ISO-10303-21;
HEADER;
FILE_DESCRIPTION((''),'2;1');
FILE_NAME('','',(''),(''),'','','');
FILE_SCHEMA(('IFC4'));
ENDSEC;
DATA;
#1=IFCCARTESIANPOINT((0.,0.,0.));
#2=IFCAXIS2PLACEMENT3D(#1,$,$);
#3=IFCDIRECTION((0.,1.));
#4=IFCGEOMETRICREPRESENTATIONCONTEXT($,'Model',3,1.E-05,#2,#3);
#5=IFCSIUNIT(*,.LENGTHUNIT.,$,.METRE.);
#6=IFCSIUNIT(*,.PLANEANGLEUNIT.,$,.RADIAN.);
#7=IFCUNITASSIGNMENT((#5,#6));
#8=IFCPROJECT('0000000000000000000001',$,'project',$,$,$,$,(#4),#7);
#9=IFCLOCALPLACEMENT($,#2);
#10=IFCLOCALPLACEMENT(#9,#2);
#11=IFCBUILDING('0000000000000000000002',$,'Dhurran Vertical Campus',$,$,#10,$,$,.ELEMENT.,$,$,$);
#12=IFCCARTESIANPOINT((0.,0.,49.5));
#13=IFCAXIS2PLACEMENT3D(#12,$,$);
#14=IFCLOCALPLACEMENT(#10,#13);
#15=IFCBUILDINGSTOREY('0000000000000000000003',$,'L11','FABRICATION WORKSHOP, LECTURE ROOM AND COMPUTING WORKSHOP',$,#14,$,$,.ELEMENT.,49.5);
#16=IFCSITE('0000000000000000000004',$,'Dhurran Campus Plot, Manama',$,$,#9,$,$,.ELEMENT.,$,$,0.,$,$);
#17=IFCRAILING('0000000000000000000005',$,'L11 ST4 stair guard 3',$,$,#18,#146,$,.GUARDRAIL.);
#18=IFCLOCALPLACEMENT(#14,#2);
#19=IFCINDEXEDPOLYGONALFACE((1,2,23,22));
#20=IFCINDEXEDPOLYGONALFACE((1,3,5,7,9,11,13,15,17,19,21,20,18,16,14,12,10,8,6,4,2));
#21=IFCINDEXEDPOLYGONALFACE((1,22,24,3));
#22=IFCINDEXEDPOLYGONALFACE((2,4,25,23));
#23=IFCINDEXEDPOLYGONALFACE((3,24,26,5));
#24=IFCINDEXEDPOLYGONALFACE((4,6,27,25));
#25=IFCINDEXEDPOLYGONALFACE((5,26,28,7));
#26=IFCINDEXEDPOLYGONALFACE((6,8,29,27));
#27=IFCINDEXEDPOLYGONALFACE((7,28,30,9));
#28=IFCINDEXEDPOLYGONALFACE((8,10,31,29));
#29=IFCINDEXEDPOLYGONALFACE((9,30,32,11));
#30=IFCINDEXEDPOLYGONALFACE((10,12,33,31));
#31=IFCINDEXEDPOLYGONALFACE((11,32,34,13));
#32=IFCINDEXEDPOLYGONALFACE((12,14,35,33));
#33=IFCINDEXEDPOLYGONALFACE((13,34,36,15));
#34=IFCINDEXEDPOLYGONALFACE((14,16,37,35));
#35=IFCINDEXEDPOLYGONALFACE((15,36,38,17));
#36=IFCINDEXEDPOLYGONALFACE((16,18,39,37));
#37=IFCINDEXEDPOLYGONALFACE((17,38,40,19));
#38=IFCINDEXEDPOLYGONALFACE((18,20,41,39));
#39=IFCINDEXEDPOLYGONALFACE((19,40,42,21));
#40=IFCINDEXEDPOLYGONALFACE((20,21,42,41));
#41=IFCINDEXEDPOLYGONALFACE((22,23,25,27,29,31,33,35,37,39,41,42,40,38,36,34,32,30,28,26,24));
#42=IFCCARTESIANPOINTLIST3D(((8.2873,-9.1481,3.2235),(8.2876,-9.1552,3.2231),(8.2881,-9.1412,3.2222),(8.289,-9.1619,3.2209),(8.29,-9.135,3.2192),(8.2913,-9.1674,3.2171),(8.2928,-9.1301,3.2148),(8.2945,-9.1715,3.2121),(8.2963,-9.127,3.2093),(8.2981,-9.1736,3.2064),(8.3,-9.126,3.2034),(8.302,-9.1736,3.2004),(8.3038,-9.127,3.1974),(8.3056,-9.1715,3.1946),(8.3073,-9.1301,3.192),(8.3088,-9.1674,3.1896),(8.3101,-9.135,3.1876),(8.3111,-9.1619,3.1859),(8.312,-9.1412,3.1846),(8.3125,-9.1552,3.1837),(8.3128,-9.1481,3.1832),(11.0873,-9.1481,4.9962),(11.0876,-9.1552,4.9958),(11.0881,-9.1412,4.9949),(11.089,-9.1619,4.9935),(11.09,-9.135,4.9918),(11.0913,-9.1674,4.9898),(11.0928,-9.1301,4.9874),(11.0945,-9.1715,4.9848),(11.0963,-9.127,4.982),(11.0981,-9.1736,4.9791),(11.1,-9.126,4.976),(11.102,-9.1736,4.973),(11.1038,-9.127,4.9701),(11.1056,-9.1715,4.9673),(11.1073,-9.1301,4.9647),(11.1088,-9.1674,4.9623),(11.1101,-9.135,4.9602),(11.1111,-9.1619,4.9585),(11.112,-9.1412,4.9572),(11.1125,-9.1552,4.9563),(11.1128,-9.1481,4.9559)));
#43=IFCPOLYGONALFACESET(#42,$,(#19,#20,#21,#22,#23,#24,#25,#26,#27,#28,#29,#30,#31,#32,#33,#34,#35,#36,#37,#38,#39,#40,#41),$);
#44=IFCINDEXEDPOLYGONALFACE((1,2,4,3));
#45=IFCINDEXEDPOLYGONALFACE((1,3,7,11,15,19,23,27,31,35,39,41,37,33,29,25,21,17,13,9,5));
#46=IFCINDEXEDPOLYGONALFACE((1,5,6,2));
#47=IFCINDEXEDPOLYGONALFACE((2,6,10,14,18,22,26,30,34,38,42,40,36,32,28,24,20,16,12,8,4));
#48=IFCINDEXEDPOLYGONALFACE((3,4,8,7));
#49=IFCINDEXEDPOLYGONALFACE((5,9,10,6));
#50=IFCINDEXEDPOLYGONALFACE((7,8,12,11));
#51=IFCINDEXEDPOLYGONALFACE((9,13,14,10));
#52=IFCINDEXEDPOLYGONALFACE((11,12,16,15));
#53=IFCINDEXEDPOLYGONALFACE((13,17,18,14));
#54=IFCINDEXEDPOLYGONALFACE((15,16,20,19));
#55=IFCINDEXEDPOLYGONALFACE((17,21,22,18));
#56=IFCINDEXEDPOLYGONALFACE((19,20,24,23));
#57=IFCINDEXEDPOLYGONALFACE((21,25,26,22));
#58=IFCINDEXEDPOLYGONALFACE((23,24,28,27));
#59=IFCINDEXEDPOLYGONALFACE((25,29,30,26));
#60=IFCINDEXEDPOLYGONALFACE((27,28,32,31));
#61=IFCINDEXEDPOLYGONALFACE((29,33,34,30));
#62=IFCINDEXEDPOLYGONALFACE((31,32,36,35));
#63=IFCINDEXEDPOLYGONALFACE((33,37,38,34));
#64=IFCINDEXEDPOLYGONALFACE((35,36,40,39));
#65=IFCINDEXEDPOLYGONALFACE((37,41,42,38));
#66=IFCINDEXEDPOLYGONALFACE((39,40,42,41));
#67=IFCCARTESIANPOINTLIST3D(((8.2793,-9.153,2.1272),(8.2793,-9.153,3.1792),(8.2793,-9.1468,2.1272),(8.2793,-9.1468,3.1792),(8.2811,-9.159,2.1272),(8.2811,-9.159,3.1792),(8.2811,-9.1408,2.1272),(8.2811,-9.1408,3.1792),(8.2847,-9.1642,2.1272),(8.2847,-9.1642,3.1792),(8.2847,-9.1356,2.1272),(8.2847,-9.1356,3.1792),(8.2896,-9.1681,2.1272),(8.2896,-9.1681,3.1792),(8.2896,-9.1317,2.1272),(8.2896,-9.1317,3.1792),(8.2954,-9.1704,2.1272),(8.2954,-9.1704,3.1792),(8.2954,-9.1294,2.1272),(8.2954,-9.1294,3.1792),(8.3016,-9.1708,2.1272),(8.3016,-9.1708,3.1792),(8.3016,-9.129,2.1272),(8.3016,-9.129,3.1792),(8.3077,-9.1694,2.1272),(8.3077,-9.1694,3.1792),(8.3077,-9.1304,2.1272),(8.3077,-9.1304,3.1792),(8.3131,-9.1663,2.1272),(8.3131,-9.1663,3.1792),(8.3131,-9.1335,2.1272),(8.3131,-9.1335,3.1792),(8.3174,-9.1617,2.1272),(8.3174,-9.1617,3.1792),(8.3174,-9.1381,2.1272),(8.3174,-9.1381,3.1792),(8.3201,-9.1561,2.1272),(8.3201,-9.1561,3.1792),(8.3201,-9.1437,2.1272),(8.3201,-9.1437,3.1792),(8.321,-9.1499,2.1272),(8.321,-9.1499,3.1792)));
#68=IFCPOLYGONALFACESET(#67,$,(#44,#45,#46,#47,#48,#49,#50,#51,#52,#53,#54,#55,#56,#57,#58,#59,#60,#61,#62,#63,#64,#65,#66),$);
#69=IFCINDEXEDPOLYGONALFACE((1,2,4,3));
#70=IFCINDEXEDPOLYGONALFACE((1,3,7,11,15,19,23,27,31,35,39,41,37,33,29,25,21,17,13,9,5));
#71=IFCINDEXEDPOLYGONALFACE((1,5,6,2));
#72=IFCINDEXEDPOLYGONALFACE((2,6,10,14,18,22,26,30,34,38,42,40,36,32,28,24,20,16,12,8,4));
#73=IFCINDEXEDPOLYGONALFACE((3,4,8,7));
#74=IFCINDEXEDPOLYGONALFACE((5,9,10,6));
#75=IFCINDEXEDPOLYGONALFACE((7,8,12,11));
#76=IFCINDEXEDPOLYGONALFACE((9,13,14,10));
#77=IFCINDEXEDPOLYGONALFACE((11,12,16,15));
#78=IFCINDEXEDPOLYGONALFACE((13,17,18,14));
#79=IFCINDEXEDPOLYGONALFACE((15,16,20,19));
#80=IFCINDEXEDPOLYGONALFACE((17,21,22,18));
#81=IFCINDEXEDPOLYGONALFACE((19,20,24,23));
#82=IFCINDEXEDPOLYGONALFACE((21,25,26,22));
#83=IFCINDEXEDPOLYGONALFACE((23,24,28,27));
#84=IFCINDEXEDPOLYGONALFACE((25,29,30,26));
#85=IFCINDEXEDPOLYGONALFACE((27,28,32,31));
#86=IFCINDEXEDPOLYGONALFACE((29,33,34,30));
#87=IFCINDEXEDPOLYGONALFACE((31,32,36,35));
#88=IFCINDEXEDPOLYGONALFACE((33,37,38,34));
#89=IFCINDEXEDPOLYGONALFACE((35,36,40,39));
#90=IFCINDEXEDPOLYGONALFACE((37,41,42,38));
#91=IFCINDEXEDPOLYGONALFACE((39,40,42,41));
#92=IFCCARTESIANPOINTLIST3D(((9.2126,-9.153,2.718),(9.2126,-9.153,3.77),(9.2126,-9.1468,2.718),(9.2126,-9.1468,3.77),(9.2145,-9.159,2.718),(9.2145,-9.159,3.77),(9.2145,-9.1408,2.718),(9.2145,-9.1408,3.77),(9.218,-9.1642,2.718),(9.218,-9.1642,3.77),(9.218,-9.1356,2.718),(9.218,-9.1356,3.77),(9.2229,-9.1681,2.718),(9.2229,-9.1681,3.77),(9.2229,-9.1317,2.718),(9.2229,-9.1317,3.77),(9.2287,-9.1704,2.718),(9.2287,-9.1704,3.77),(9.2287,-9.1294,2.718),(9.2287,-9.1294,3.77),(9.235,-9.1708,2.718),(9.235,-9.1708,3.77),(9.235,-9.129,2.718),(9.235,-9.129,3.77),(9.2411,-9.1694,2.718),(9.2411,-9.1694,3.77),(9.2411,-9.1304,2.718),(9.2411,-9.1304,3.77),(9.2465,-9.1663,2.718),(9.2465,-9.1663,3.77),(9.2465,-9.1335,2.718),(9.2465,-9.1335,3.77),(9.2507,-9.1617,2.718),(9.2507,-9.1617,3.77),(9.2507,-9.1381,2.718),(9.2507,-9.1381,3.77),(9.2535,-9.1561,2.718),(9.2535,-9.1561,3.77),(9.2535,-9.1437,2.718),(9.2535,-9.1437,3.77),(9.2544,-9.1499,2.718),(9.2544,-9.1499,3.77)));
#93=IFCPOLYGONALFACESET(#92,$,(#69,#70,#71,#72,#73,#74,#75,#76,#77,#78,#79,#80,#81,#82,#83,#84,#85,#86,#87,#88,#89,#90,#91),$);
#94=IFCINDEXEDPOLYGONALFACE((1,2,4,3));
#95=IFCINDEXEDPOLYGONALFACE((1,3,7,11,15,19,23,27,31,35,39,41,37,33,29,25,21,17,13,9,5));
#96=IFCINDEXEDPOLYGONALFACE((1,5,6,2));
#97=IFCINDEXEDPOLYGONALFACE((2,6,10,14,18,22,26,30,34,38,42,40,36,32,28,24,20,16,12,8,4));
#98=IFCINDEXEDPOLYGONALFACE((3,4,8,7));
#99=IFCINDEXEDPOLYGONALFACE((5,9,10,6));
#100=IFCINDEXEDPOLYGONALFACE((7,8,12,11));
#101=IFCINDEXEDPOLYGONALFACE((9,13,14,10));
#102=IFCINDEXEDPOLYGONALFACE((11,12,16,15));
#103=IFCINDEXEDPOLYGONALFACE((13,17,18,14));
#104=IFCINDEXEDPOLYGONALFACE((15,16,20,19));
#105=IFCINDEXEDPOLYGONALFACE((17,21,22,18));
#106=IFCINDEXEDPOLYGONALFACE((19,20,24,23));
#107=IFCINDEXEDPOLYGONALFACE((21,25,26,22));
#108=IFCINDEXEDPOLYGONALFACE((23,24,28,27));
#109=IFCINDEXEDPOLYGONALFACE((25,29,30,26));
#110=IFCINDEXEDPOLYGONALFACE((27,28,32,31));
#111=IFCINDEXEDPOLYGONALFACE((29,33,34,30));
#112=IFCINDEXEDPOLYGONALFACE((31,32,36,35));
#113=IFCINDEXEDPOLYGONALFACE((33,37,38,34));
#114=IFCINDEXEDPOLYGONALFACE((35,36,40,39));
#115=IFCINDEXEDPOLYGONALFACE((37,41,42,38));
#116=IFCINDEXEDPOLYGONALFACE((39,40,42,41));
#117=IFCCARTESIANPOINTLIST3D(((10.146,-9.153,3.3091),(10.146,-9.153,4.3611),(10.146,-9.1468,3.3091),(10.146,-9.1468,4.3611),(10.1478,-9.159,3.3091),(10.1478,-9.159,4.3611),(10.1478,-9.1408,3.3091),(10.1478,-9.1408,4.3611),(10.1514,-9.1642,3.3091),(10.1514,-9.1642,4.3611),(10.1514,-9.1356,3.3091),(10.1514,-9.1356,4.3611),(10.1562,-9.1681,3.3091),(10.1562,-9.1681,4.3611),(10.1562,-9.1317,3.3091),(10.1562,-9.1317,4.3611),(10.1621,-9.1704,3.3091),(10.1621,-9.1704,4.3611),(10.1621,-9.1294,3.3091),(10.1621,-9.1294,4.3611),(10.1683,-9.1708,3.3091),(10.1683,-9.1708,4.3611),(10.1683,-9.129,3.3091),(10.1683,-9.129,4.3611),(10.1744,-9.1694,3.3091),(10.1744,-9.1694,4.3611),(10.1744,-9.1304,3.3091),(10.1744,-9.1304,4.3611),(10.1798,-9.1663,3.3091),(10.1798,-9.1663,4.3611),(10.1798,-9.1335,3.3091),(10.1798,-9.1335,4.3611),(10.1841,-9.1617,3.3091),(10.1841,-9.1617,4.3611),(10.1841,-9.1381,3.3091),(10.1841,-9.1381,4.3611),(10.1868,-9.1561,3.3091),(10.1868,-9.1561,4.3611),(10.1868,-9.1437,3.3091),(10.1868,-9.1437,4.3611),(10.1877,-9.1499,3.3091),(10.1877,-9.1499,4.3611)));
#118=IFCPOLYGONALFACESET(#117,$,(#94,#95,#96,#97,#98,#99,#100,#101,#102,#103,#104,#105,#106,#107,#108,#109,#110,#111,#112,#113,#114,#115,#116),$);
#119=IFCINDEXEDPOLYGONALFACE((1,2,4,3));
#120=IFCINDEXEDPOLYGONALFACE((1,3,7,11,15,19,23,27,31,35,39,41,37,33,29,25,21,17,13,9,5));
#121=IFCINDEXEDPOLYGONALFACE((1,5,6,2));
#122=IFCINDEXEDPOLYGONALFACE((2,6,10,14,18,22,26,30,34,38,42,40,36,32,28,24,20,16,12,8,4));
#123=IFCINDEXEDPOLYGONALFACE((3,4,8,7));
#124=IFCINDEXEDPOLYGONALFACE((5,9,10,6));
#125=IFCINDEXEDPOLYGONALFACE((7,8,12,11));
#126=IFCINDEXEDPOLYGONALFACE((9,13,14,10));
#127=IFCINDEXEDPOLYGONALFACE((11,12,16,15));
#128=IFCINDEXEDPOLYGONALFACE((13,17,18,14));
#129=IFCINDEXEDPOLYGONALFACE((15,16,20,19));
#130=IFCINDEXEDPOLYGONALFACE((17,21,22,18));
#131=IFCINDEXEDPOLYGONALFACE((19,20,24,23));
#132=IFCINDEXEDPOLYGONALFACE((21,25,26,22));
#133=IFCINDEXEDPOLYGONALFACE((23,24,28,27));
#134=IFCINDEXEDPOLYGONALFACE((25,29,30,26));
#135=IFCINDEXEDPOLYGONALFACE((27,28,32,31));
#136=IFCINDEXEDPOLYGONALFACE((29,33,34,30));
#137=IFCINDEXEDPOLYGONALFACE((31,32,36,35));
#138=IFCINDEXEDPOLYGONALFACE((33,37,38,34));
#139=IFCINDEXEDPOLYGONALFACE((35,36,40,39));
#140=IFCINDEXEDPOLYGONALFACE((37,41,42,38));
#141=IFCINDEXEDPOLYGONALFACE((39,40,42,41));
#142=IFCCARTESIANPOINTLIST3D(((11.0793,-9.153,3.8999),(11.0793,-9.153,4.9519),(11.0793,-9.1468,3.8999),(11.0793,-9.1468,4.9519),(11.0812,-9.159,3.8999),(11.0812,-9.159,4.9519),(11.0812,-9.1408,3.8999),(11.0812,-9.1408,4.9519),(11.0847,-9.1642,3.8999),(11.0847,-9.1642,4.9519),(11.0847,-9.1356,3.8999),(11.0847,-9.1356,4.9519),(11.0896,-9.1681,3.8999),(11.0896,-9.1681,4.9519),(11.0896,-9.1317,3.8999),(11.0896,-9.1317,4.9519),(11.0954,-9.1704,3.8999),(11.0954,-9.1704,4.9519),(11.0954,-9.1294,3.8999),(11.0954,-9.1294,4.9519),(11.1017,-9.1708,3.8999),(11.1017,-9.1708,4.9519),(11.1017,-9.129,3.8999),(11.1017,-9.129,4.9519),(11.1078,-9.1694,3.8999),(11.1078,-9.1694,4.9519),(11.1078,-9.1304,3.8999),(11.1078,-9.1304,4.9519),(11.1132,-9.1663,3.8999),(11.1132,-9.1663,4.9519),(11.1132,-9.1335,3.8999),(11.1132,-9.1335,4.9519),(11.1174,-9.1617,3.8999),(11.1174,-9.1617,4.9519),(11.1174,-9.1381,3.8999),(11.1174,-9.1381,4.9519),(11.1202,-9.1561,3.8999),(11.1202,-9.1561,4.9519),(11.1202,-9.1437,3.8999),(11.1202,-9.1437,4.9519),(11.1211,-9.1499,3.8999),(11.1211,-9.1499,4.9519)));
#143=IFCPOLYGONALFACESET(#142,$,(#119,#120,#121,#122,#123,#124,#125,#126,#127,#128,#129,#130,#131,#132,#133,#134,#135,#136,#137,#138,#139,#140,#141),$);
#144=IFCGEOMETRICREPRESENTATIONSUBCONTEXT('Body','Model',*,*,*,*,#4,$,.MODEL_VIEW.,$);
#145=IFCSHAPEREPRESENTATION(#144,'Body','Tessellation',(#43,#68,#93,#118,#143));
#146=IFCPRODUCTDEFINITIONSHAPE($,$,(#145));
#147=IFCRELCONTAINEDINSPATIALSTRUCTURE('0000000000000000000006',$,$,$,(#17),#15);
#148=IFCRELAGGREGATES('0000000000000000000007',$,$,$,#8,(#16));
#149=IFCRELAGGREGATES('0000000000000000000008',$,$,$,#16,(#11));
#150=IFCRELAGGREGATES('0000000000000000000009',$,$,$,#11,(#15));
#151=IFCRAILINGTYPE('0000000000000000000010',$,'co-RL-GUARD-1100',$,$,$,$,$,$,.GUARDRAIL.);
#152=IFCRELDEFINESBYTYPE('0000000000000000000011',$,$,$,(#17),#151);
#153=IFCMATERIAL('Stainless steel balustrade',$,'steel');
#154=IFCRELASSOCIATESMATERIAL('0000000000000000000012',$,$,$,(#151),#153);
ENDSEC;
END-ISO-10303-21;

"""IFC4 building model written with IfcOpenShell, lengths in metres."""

from ifc_helpers import new_model, si_unit, direction, frame, origin, origin_2d, place, context, subcontext, project, spatial, circle, extrude, material, type_object, element, save


model = new_model("IFC4")

# Units and contexts
model_context = context("Model", 3, precision=1e-05, world=origin(), true_north=direction((0.0, 1.0)))
body_context = subcontext(model_context, "Body", "Model", "MODEL_VIEW")
ifc_project = project(units=[si_unit("LENGTHUNIT", "METRE"), si_unit("PLANEANGLEUNIT", "RADIAN")], contexts=[model_context])

# Site, building, storey
site_placement = place(None, origin())
site = spatial("IfcSite", under=ifc_project, at=site_placement, Name="Dhurran Campus Plot, Manama", CompositionType="ELEMENT", RefElevation=0.0)
building_placement = place(site_placement, origin())
building = spatial("IfcBuilding", under=site, at=building_placement, Name="Dhurran Vertical Campus", CompositionType="ELEMENT")
storey_placement = place(building_placement, frame((0.0, 0.0, 49.5)))
storey = spatial("IfcBuildingStorey", under=building, at=storey_placement, Name="L11", Description="FABRICATION WORKSHOP, LECTURE ROOM AND COMPUTING WORKSHOP", CompositionType="ELEMENT", Elevation=49.5)

# Railing
ifc_material_1 = material(Name="Stainless steel balustrade", Category="steel")
railing_type_1 = type_object("IfcRailingType", Name="co-RL-GUARD-1100", PredefinedType="GUARDRAIL", material=ifc_material_1)
railing_1_placement = place(storey_placement, frame((8.3, -9.1499, 2.1272)))
element("IfcRailing", 1, at=railing_1_placement, inside=storey, type_object=railing_type_1, Name="L11 ST4 stair guard 3", PredefinedType="GUARDRAIL", context=body_context, shape_type="SweptSolid", body=[
    extrude(circle(Radius=0.0239, at=origin_2d()), frame((0.0, 0.0, 1.0762), z_axis=(0.844909, 0.0, 0.53491), x_axis=(0.0, 1.0, 0.0)), (0.0, 0.0, 1.0), 3.314),
    extrude(circle(Radius=0.021, at=origin_2d()), origin(), (0.0, 0.0, 1.0), 1.052),
    extrude(circle(Radius=0.021, at=origin_2d()), frame((0.9333, 0.0, 0.5908)), (0.0, 0.0, 1.0), 1.052),
    extrude(circle(Radius=0.021, at=origin_2d()), frame((1.8667, 0.0, 1.1819)), (0.0, 0.0, 1.0), 1.052),
    extrude(circle(Radius=0.021, at=origin_2d()), frame((2.8, 0.0, 1.7727)), (0.0, 0.0, 1.0), 1.052),
])

save(model, "model.ifc")
